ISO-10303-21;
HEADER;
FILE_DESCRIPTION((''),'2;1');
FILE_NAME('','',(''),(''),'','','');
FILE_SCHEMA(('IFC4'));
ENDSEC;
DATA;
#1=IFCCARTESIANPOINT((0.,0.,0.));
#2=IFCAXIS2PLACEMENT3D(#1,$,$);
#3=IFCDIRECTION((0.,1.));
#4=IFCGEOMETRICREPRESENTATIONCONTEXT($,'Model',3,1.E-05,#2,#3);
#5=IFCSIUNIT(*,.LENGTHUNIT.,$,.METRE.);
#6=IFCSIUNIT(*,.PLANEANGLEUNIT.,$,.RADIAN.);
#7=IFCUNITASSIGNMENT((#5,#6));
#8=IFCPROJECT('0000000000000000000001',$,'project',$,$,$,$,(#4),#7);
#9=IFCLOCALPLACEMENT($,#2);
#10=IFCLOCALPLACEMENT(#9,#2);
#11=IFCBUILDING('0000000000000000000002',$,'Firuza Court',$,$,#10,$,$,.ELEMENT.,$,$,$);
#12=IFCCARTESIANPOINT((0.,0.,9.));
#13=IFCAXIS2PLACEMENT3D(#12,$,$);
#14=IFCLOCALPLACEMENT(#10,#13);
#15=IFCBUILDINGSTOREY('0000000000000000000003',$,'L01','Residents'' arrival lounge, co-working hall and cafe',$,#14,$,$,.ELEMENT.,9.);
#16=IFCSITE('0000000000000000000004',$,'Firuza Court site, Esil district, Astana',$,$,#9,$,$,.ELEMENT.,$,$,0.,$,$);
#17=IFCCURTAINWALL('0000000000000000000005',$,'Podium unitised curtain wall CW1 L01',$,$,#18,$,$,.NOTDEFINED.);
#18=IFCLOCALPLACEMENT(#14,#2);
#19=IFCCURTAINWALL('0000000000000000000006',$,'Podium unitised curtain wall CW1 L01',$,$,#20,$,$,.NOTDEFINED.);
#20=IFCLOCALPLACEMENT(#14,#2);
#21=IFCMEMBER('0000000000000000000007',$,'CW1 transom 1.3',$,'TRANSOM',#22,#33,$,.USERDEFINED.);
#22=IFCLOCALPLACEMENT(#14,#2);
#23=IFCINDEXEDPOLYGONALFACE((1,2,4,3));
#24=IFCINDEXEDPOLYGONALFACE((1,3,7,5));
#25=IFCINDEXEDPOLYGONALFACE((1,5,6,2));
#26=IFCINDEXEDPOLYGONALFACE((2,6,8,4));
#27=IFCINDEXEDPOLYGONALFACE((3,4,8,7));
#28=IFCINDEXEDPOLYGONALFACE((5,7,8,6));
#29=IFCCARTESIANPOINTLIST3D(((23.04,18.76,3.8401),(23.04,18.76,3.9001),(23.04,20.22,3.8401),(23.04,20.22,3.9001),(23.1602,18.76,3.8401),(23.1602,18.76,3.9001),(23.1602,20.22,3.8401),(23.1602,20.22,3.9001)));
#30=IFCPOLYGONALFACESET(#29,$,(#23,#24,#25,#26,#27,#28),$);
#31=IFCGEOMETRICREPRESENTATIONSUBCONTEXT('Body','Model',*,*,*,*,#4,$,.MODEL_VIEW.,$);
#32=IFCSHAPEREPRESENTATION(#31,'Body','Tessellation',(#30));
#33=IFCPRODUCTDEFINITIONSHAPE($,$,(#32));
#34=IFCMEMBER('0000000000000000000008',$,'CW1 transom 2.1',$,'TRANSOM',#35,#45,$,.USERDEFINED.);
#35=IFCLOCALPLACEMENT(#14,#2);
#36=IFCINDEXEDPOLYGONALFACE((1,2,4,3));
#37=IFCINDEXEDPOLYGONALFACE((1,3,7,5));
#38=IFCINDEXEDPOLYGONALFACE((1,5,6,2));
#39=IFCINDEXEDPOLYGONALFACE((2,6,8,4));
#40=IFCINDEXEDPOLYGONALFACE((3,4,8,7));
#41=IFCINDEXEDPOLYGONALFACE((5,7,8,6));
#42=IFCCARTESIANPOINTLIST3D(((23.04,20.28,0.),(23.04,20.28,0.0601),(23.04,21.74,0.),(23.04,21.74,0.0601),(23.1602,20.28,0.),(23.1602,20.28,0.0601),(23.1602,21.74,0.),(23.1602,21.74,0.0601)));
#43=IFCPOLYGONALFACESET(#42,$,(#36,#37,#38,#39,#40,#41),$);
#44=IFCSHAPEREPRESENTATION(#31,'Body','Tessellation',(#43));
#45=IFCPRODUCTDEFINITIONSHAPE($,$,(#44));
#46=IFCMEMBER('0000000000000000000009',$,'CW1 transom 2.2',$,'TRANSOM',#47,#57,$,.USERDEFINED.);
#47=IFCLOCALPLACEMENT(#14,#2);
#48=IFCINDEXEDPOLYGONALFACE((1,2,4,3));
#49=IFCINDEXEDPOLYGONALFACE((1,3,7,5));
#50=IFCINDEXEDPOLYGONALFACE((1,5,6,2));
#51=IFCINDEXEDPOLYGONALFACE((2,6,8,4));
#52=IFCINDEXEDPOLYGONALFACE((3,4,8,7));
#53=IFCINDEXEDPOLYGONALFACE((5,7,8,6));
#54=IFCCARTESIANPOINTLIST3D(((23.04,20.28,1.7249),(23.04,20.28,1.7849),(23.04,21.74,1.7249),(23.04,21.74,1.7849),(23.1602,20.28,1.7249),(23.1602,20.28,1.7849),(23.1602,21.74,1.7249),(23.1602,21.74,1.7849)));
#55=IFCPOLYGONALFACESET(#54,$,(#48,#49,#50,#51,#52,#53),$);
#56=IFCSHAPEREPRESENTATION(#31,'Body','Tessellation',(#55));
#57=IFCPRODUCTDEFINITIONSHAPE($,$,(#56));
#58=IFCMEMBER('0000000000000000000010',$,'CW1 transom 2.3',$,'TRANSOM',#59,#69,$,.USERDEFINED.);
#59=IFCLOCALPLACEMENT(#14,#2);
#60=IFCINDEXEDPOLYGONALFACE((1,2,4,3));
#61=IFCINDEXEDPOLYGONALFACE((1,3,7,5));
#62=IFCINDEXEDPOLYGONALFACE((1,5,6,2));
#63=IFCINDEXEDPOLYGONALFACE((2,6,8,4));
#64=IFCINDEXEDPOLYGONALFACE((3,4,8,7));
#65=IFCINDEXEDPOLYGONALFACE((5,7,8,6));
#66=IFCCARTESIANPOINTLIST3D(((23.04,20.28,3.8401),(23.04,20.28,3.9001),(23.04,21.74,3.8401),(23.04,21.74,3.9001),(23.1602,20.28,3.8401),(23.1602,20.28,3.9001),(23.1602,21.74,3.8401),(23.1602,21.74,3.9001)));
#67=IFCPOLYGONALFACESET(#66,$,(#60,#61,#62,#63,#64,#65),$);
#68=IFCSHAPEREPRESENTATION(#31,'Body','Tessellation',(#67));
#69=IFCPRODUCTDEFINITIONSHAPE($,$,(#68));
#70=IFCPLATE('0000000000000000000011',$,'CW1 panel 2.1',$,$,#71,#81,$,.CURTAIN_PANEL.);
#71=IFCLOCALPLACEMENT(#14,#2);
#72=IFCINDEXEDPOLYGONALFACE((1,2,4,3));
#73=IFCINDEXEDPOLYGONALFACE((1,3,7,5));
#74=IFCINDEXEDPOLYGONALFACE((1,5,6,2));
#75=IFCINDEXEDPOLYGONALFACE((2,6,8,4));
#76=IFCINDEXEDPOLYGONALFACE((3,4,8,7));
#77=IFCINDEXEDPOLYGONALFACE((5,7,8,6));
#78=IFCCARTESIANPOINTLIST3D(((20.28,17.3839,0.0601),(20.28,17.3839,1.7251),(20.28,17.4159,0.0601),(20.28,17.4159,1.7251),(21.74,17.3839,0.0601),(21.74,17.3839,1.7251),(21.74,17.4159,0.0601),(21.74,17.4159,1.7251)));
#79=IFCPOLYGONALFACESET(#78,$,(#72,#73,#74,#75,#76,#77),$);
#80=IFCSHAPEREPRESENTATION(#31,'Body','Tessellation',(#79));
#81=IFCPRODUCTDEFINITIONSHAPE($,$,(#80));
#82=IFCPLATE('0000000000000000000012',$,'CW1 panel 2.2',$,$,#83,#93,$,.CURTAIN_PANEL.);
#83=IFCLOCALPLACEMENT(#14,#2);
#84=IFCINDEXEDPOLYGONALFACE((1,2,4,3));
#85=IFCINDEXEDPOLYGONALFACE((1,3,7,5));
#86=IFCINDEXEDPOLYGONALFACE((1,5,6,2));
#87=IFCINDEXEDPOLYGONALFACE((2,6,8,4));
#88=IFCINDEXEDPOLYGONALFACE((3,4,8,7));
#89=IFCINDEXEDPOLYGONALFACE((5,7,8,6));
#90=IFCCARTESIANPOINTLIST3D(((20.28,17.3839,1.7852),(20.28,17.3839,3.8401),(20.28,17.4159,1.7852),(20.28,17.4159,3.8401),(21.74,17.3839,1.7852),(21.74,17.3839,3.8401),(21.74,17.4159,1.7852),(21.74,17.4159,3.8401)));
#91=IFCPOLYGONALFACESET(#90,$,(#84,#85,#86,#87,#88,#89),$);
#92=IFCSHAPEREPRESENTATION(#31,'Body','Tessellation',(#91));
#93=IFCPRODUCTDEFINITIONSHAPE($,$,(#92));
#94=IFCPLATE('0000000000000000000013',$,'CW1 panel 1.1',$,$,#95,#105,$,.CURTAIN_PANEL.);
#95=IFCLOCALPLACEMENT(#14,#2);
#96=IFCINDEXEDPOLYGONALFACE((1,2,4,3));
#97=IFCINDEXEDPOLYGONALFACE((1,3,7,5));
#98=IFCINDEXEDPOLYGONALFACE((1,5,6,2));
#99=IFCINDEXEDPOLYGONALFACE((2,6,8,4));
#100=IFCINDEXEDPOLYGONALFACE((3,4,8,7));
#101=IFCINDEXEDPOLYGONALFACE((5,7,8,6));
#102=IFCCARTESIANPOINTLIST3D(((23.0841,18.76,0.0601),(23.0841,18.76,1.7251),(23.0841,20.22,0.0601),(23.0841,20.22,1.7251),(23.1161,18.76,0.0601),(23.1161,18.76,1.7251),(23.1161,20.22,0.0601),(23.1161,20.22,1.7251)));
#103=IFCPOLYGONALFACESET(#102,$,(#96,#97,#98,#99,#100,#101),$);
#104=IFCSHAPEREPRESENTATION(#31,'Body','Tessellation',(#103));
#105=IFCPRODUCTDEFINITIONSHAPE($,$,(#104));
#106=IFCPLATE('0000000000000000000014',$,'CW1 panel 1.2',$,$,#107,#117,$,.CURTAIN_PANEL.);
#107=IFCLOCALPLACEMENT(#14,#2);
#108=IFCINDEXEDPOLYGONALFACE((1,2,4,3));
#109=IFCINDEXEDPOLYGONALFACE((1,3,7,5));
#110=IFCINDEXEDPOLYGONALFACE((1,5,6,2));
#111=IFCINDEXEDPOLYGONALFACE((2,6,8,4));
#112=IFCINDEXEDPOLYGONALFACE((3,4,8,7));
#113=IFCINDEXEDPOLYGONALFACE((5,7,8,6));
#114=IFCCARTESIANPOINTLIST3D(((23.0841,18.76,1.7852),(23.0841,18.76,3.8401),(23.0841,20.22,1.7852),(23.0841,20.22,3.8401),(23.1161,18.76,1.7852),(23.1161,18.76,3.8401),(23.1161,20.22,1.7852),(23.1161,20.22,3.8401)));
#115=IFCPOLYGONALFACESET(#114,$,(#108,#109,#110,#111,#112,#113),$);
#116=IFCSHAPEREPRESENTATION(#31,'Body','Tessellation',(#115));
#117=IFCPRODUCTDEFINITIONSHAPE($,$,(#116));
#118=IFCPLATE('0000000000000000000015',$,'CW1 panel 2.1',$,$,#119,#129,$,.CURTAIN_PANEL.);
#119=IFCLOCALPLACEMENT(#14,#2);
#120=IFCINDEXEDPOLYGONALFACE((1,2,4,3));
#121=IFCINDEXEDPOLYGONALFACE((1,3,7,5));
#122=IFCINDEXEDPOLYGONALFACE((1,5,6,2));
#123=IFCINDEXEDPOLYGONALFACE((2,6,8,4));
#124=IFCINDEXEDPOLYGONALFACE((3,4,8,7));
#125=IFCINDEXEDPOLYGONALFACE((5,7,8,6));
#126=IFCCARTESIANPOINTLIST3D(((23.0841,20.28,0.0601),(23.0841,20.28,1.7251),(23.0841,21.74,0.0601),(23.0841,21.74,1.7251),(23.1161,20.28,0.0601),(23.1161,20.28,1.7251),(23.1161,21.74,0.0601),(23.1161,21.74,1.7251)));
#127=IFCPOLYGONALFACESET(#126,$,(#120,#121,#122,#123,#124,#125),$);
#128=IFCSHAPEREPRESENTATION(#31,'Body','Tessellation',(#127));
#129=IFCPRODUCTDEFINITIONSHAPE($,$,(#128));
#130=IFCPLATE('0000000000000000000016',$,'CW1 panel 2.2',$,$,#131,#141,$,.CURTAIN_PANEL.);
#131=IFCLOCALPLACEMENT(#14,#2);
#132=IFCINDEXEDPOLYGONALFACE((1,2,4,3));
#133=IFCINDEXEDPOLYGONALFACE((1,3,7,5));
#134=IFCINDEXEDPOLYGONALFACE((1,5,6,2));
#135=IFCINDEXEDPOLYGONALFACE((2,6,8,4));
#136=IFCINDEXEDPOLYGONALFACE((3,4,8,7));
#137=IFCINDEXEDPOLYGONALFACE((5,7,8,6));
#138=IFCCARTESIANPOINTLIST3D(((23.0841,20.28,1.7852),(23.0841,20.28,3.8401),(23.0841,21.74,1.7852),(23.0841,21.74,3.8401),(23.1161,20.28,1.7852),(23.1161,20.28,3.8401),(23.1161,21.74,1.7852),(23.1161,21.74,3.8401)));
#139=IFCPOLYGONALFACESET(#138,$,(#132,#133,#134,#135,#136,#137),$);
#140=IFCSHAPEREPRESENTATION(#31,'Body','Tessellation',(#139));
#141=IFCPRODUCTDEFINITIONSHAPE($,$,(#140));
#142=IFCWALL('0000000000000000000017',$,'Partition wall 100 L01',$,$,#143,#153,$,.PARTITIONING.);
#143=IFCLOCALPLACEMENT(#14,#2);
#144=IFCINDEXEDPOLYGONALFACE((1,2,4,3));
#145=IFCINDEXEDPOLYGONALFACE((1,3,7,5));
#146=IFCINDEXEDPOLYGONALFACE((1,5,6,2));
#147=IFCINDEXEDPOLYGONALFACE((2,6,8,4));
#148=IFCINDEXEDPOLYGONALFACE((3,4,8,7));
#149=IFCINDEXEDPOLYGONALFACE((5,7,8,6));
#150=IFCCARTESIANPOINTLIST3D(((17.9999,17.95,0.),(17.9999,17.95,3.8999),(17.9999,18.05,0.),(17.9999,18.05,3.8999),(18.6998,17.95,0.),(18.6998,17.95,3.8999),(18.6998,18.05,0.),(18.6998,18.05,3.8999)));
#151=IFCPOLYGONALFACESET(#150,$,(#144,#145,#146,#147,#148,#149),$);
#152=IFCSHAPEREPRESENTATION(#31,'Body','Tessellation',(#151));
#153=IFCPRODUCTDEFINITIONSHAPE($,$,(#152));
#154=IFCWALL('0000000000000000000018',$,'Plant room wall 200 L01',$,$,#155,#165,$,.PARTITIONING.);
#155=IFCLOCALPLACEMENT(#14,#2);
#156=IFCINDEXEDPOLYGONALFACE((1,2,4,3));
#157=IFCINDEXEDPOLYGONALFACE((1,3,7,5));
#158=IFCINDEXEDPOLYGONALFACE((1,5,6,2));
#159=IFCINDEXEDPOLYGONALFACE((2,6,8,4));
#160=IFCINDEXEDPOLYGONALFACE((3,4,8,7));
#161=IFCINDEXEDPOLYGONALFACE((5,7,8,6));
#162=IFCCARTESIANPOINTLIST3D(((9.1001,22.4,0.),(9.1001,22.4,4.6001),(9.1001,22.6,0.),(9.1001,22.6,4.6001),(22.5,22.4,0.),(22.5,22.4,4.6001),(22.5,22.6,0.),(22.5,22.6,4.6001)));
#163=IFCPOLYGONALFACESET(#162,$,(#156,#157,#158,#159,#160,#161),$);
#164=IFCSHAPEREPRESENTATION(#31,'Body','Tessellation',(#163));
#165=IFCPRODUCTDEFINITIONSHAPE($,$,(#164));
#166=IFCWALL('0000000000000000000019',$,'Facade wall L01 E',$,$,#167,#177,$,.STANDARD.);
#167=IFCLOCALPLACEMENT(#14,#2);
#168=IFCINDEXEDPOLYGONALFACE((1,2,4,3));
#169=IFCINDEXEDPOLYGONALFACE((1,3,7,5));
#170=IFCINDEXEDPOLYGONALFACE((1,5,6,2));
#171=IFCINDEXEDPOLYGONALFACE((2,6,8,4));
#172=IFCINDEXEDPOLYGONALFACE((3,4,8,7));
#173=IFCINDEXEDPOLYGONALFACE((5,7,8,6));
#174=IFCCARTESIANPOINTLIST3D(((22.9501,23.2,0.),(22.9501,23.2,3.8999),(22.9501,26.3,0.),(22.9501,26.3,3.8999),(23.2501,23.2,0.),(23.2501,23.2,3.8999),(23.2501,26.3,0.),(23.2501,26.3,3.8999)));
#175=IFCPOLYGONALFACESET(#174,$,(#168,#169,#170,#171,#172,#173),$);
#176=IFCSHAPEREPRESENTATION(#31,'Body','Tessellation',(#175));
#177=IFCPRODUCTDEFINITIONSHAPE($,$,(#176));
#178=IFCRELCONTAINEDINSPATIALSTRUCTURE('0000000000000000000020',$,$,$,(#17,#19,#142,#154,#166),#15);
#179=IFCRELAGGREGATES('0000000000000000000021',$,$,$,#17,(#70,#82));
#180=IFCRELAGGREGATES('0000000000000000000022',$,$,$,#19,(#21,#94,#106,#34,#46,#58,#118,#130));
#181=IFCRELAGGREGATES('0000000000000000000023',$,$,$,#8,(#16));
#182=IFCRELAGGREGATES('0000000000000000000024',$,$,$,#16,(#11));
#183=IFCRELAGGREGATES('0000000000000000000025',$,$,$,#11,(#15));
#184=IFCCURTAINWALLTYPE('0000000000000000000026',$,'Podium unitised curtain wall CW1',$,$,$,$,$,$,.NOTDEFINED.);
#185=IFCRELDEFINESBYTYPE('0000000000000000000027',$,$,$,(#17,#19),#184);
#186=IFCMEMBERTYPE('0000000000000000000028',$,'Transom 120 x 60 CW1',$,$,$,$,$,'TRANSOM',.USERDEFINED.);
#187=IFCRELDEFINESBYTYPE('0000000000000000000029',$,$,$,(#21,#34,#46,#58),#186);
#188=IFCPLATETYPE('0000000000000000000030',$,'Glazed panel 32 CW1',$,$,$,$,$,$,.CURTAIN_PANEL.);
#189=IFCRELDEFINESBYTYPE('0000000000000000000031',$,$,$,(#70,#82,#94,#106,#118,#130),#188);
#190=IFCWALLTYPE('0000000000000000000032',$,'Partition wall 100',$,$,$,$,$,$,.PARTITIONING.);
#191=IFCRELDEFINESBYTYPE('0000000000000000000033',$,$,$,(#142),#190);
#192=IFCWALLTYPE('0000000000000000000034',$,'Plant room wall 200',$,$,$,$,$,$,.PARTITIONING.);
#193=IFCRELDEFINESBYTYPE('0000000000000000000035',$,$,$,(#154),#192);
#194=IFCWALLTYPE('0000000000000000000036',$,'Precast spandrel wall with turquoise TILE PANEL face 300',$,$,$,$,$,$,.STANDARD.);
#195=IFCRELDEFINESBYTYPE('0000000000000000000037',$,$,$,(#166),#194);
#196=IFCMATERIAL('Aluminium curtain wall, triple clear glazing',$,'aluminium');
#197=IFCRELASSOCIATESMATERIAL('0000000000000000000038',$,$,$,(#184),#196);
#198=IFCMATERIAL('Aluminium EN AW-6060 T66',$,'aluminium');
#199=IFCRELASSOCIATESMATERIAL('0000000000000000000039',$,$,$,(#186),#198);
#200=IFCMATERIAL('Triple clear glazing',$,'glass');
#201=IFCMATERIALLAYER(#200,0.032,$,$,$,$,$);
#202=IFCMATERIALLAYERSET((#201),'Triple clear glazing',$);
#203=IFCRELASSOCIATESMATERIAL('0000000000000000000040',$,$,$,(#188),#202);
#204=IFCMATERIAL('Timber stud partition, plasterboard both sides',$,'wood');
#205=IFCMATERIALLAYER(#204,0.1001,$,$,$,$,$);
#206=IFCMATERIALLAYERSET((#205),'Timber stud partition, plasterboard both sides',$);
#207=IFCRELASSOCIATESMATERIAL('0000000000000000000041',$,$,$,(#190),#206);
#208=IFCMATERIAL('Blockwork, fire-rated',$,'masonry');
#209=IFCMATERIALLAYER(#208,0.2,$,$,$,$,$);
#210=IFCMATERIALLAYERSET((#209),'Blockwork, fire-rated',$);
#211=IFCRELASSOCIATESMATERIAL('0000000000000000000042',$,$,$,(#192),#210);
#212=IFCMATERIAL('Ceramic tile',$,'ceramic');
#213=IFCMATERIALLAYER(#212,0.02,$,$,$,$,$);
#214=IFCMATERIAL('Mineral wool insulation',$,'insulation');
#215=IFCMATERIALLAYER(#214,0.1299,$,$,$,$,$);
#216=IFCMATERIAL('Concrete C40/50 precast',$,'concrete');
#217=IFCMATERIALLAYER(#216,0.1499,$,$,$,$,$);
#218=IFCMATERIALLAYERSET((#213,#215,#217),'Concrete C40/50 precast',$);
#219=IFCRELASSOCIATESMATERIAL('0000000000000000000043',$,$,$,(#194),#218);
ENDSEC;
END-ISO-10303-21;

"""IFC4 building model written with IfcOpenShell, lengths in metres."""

from ifc_helpers import new_model, si_unit, direction, frame, frame_2d, origin, origin_2d, place, context, subcontext, project, spatial, rectangle, extrude, material, layer, layer_set, material_profile, profile_set, type_object, element, aggregate, save


model = new_model("IFC4")

# Units and contexts
model_context = context("Model", 3, precision=1e-05, world=origin(), true_north=direction((0.0, 1.0)))
body_context = subcontext(model_context, "Body", "Model", "MODEL_VIEW")
ifc_project = project(units=[si_unit("LENGTHUNIT", "METRE"), si_unit("PLANEANGLEUNIT", "RADIAN")], contexts=[model_context])

# Site, building, storey
site_placement = place(None, origin())
site = spatial("IfcSite", under=ifc_project, at=site_placement, Name="Firuza Court site, Esil district, Astana", CompositionType="ELEMENT", RefElevation=0.0)
building_placement = place(site_placement, origin())
building = spatial("IfcBuilding", under=site, at=building_placement, Name="Firuza Court", CompositionType="ELEMENT")
storey_placement = place(building_placement, frame((0.0, 0.0, 9.0)))
storey = spatial("IfcBuildingStorey", under=building, at=storey_placement, Name="L01", Description="Residents' arrival lounge, co-working hall and cafe", CompositionType="ELEMENT", Elevation=9.0)

# Curtain walls
ifc_material_1 = material(Name="Aluminium curtain wall, triple clear glazing", Category="aluminium")
curtain_wall_type = type_object("IfcCurtainWallType", Name="Podium unitised curtain wall CW1", PredefinedType="NOTDEFINED", material=ifc_material_1)
curtain_wall_1_placement = place(storey_placement, origin())
curtain_wall_1 = element("IfcCurtainWall", 1, at=curtain_wall_1_placement, inside=storey, type_object=curtain_wall_type, Name="Podium unitised curtain wall CW1 L01", PredefinedType="NOTDEFINED")
curtain_wall_2_placement = place(storey_placement, origin())
curtain_wall_2 = element("IfcCurtainWall", 2, at=curtain_wall_2_placement, inside=storey, type_object=curtain_wall_type, Name="Podium unitised curtain wall CW1 L01", PredefinedType="NOTDEFINED")

# Members
ifc_material_2 = material(Name="Aluminium EN AW-6060 T66", Category="aluminium")
ifc_material_profile_1 = material_profile(ifc_material_2, rectangle(XDim=0.1201, YDim=0.0601, at=origin_2d()), Name="Transom 120 x 60 CW1")
ifc_profile_set_1 = profile_set([ifc_material_profile_1], Name="Aluminium EN AW-6060 T66")
member_type_1 = type_object("IfcMemberType", Name="Transom 120 x 60 CW1", ElementType="TRANSOM", PredefinedType="USERDEFINED", material=ifc_profile_set_1)
member_1_placement = place(storey_placement, frame((23.1001, 18.76, 3.8701), z_axis=(0.0, 1.0, 0.0), x_axis=(-1.0, 0.0, 0.0)))
member_1 = element("IfcMember", 3, at=member_1_placement, type_object=member_type_1, Name="CW1 transom 1.3", ObjectType="TRANSOM", PredefinedType="USERDEFINED", context=body_context, shape_type="SweptSolid", body=[
    extrude(rectangle(XDim=0.1201, YDim=0.0601, at=origin_2d()), origin(), (0.0, 0.0, 1.0), 1.46),
])
member_2_placement = place(storey_placement, frame((23.1001, 20.28, 0.03), z_axis=(0.0, 1.0, 0.0), x_axis=(-1.0, 0.0, 0.0)))
member_2 = element("IfcMember", 4, at=member_2_placement, type_object=member_type_1, Name="CW1 transom 2.1", ObjectType="TRANSOM", PredefinedType="USERDEFINED", context=body_context, shape_type="SweptSolid", body=[
    extrude(rectangle(XDim=0.1201, YDim=0.0601, at=origin_2d()), origin(), (0.0, 0.0, 1.0), 1.46),
])
member_3_placement = place(storey_placement, frame((23.1001, 20.28, 1.7549), z_axis=(0.0, 1.0, 0.0), x_axis=(-1.0, 0.0, 0.0)))
member_3 = element("IfcMember", 5, at=member_3_placement, type_object=member_type_1, Name="CW1 transom 2.2", ObjectType="TRANSOM", PredefinedType="USERDEFINED", context=body_context, shape_type="SweptSolid", body=[
    extrude(rectangle(XDim=0.1201, YDim=0.0601, at=origin_2d()), origin(), (0.0, 0.0, 1.0), 1.46),
])
member_4_placement = place(storey_placement, frame((23.1001, 20.28, 3.8701), z_axis=(0.0, 1.0, 0.0), x_axis=(-1.0, 0.0, 0.0)))
member_4 = element("IfcMember", 6, at=member_4_placement, type_object=member_type_1, Name="CW1 transom 2.3", ObjectType="TRANSOM", PredefinedType="USERDEFINED", context=body_context, shape_type="SweptSolid", body=[
    extrude(rectangle(XDim=0.1201, YDim=0.0601, at=origin_2d()), origin(), (0.0, 0.0, 1.0), 1.46),
])

# Plates
ifc_material_3 = material(Name="Triple clear glazing", Category="glass")
ifc_layer_1 = layer(ifc_material_3, 0.032)
ifc_layer_set_1 = layer_set([ifc_layer_1], Name="Triple clear glazing")
plate_type = type_object("IfcPlateType", Name="Glazed panel 32 CW1", PredefinedType="CURTAIN_PANEL", material=ifc_layer_set_1)
plate_1_placement = place(storey_placement, frame((21.01, 17.3999, 0.0601), z_axis=(0.0, 0.0, 1.0), x_axis=(1.0, 0.0, 0.0)))
plate_1 = element("IfcPlate", 7, at=plate_1_placement, type_object=plate_type, Name="CW1 panel 2.1", PredefinedType="CURTAIN_PANEL", context=body_context, shape_type="SweptSolid", body=[
    extrude(rectangle(XDim=1.46, YDim=0.032, at=origin_2d()), origin(), (0.0, 0.0, 1.0), 1.665),
])
plate_2_placement = place(storey_placement, frame((21.01, 17.3999, 1.7852), z_axis=(0.0, 0.0, 1.0), x_axis=(1.0, 0.0, 0.0)))
plate_2 = element("IfcPlate", 8, at=plate_2_placement, type_object=plate_type, Name="CW1 panel 2.2", PredefinedType="CURTAIN_PANEL", context=body_context, shape_type="SweptSolid", body=[
    extrude(rectangle(XDim=1.46, YDim=0.032, at=origin_2d()), origin(), (0.0, 0.0, 1.0), 2.0549),
])
aggregate(curtain_wall_1, [plate_1, plate_2])
plate_3_placement = place(storey_placement, frame((23.1001, 19.49, 0.0601), z_axis=(0.0, 0.0, 1.0), x_axis=(0.0, 1.0, 0.0)))
plate_3 = element("IfcPlate", 9, at=plate_3_placement, type_object=plate_type, Name="CW1 panel 1.1", PredefinedType="CURTAIN_PANEL", context=body_context, shape_type="SweptSolid", body=[
    extrude(rectangle(XDim=1.46, YDim=0.032, at=origin_2d()), origin(), (0.0, 0.0, 1.0), 1.665),
])
plate_4_placement = place(storey_placement, frame((23.1001, 19.49, 1.7852), z_axis=(0.0, 0.0, 1.0), x_axis=(0.0, 1.0, 0.0)))
plate_4 = element("IfcPlate", 10, at=plate_4_placement, type_object=plate_type, Name="CW1 panel 1.2", PredefinedType="CURTAIN_PANEL", context=body_context, shape_type="SweptSolid", body=[
    extrude(rectangle(XDim=1.46, YDim=0.032, at=origin_2d()), origin(), (0.0, 0.0, 1.0), 2.0549),
])
plate_5_placement = place(storey_placement, frame((23.1001, 21.01, 0.0601), z_axis=(0.0, 0.0, 1.0), x_axis=(0.0, 1.0, 0.0)))
plate_5 = element("IfcPlate", 11, at=plate_5_placement, type_object=plate_type, Name="CW1 panel 2.1", PredefinedType="CURTAIN_PANEL", context=body_context, shape_type="SweptSolid", body=[
    extrude(rectangle(XDim=1.46, YDim=0.032, at=origin_2d()), origin(), (0.0, 0.0, 1.0), 1.665),
])
plate_6_placement = place(storey_placement, frame((23.1001, 21.01, 1.7852), z_axis=(0.0, 0.0, 1.0), x_axis=(0.0, 1.0, 0.0)))
plate_6 = element("IfcPlate", 12, at=plate_6_placement, type_object=plate_type, Name="CW1 panel 2.2", PredefinedType="CURTAIN_PANEL", context=body_context, shape_type="SweptSolid", body=[
    extrude(rectangle(XDim=1.46, YDim=0.032, at=origin_2d()), origin(), (0.0, 0.0, 1.0), 2.0549),
])
aggregate(curtain_wall_2, [member_1, plate_3, plate_4, member_2, member_3, member_4, plate_5, plate_6])

# Walls
ifc_material_4 = material(Name="Timber stud partition, plasterboard both sides", Category="wood")
ifc_layer_2 = layer(ifc_material_4, 0.1001)
ifc_layer_set_2 = layer_set([ifc_layer_2], Name="Timber stud partition, plasterboard both sides")
wall_type_1 = type_object("IfcWallType", Name="Partition wall 100", PredefinedType="PARTITIONING", material=ifc_layer_set_2)
wall_1_placement = place(storey_placement, frame((18.7, 18.0, 0.0), z_axis=(0.0, 0.0, 1.0), x_axis=(-1.0, 0.0, 0.0)))
element("IfcWall", 13, at=wall_1_placement, inside=storey, type_object=wall_type_1, Name="Partition wall 100 L01", PredefinedType="PARTITIONING", context=body_context, shape_type="SweptSolid", body=[
    extrude(rectangle(XDim=0.7, YDim=0.1001, at=frame_2d((0.3501, 0.0))), origin(), (0.0, 0.0, 1.0), 3.8999),
])
ifc_material_5 = material(Name="Blockwork, fire-rated", Category="masonry")
ifc_layer_3 = layer(ifc_material_5, 0.2)
ifc_layer_set_3 = layer_set([ifc_layer_3], Name="Blockwork, fire-rated")
wall_type_2 = type_object("IfcWallType", Name="Plant room wall 200", PredefinedType="PARTITIONING", material=ifc_layer_set_3)
wall_2_placement = place(storey_placement, frame((22.5, 22.5, 0.0), z_axis=(0.0, 0.0, 1.0), x_axis=(-1.0, 0.0, 0.0)))
element("IfcWall", 14, at=wall_2_placement, inside=storey, type_object=wall_type_2, Name="Plant room wall 200 L01", PredefinedType="PARTITIONING", context=body_context, shape_type="SweptSolid", body=[
    extrude(rectangle(XDim=13.3999, YDim=0.2, at=frame_2d((6.7, 0.0))), origin(), (0.0, 0.0, 1.0), 4.6001),
])
ifc_material_6 = material(Name="Ceramic tile", Category="ceramic")
ifc_layer_4 = layer(ifc_material_6, 0.02)
ifc_material_7 = material(Name="Mineral wool insulation", Category="insulation")
ifc_layer_5 = layer(ifc_material_7, 0.1299)
ifc_material_8 = material(Name="Concrete C40/50 precast", Category="concrete")
ifc_layer_6 = layer(ifc_material_8, 0.1499)
ifc_layer_set_4 = layer_set([ifc_layer_4, ifc_layer_5, ifc_layer_6], Name="Concrete C40/50 precast")
wall_type_3 = type_object("IfcWallType", Name="Precast spandrel wall with turquoise TILE PANEL face 300", PredefinedType="STANDARD", material=ifc_layer_set_4)
wall_3_placement = place(storey_placement, frame((23.1001, 23.2, 0.0), z_axis=(0.0, 0.0, 1.0), x_axis=(0.0, 1.0, 0.0)))
element("IfcWall", 15, at=wall_3_placement, inside=storey, type_object=wall_type_3, Name="Facade wall L01 E", PredefinedType="STANDARD", context=body_context, shape_type="SweptSolid", body=[
    extrude(rectangle(XDim=3.1001, YDim=0.3, at=frame_2d((1.55, 0.0))), origin(), (0.0, 0.0, 1.0), 3.8999),
])

save(model, "model.ifc")
